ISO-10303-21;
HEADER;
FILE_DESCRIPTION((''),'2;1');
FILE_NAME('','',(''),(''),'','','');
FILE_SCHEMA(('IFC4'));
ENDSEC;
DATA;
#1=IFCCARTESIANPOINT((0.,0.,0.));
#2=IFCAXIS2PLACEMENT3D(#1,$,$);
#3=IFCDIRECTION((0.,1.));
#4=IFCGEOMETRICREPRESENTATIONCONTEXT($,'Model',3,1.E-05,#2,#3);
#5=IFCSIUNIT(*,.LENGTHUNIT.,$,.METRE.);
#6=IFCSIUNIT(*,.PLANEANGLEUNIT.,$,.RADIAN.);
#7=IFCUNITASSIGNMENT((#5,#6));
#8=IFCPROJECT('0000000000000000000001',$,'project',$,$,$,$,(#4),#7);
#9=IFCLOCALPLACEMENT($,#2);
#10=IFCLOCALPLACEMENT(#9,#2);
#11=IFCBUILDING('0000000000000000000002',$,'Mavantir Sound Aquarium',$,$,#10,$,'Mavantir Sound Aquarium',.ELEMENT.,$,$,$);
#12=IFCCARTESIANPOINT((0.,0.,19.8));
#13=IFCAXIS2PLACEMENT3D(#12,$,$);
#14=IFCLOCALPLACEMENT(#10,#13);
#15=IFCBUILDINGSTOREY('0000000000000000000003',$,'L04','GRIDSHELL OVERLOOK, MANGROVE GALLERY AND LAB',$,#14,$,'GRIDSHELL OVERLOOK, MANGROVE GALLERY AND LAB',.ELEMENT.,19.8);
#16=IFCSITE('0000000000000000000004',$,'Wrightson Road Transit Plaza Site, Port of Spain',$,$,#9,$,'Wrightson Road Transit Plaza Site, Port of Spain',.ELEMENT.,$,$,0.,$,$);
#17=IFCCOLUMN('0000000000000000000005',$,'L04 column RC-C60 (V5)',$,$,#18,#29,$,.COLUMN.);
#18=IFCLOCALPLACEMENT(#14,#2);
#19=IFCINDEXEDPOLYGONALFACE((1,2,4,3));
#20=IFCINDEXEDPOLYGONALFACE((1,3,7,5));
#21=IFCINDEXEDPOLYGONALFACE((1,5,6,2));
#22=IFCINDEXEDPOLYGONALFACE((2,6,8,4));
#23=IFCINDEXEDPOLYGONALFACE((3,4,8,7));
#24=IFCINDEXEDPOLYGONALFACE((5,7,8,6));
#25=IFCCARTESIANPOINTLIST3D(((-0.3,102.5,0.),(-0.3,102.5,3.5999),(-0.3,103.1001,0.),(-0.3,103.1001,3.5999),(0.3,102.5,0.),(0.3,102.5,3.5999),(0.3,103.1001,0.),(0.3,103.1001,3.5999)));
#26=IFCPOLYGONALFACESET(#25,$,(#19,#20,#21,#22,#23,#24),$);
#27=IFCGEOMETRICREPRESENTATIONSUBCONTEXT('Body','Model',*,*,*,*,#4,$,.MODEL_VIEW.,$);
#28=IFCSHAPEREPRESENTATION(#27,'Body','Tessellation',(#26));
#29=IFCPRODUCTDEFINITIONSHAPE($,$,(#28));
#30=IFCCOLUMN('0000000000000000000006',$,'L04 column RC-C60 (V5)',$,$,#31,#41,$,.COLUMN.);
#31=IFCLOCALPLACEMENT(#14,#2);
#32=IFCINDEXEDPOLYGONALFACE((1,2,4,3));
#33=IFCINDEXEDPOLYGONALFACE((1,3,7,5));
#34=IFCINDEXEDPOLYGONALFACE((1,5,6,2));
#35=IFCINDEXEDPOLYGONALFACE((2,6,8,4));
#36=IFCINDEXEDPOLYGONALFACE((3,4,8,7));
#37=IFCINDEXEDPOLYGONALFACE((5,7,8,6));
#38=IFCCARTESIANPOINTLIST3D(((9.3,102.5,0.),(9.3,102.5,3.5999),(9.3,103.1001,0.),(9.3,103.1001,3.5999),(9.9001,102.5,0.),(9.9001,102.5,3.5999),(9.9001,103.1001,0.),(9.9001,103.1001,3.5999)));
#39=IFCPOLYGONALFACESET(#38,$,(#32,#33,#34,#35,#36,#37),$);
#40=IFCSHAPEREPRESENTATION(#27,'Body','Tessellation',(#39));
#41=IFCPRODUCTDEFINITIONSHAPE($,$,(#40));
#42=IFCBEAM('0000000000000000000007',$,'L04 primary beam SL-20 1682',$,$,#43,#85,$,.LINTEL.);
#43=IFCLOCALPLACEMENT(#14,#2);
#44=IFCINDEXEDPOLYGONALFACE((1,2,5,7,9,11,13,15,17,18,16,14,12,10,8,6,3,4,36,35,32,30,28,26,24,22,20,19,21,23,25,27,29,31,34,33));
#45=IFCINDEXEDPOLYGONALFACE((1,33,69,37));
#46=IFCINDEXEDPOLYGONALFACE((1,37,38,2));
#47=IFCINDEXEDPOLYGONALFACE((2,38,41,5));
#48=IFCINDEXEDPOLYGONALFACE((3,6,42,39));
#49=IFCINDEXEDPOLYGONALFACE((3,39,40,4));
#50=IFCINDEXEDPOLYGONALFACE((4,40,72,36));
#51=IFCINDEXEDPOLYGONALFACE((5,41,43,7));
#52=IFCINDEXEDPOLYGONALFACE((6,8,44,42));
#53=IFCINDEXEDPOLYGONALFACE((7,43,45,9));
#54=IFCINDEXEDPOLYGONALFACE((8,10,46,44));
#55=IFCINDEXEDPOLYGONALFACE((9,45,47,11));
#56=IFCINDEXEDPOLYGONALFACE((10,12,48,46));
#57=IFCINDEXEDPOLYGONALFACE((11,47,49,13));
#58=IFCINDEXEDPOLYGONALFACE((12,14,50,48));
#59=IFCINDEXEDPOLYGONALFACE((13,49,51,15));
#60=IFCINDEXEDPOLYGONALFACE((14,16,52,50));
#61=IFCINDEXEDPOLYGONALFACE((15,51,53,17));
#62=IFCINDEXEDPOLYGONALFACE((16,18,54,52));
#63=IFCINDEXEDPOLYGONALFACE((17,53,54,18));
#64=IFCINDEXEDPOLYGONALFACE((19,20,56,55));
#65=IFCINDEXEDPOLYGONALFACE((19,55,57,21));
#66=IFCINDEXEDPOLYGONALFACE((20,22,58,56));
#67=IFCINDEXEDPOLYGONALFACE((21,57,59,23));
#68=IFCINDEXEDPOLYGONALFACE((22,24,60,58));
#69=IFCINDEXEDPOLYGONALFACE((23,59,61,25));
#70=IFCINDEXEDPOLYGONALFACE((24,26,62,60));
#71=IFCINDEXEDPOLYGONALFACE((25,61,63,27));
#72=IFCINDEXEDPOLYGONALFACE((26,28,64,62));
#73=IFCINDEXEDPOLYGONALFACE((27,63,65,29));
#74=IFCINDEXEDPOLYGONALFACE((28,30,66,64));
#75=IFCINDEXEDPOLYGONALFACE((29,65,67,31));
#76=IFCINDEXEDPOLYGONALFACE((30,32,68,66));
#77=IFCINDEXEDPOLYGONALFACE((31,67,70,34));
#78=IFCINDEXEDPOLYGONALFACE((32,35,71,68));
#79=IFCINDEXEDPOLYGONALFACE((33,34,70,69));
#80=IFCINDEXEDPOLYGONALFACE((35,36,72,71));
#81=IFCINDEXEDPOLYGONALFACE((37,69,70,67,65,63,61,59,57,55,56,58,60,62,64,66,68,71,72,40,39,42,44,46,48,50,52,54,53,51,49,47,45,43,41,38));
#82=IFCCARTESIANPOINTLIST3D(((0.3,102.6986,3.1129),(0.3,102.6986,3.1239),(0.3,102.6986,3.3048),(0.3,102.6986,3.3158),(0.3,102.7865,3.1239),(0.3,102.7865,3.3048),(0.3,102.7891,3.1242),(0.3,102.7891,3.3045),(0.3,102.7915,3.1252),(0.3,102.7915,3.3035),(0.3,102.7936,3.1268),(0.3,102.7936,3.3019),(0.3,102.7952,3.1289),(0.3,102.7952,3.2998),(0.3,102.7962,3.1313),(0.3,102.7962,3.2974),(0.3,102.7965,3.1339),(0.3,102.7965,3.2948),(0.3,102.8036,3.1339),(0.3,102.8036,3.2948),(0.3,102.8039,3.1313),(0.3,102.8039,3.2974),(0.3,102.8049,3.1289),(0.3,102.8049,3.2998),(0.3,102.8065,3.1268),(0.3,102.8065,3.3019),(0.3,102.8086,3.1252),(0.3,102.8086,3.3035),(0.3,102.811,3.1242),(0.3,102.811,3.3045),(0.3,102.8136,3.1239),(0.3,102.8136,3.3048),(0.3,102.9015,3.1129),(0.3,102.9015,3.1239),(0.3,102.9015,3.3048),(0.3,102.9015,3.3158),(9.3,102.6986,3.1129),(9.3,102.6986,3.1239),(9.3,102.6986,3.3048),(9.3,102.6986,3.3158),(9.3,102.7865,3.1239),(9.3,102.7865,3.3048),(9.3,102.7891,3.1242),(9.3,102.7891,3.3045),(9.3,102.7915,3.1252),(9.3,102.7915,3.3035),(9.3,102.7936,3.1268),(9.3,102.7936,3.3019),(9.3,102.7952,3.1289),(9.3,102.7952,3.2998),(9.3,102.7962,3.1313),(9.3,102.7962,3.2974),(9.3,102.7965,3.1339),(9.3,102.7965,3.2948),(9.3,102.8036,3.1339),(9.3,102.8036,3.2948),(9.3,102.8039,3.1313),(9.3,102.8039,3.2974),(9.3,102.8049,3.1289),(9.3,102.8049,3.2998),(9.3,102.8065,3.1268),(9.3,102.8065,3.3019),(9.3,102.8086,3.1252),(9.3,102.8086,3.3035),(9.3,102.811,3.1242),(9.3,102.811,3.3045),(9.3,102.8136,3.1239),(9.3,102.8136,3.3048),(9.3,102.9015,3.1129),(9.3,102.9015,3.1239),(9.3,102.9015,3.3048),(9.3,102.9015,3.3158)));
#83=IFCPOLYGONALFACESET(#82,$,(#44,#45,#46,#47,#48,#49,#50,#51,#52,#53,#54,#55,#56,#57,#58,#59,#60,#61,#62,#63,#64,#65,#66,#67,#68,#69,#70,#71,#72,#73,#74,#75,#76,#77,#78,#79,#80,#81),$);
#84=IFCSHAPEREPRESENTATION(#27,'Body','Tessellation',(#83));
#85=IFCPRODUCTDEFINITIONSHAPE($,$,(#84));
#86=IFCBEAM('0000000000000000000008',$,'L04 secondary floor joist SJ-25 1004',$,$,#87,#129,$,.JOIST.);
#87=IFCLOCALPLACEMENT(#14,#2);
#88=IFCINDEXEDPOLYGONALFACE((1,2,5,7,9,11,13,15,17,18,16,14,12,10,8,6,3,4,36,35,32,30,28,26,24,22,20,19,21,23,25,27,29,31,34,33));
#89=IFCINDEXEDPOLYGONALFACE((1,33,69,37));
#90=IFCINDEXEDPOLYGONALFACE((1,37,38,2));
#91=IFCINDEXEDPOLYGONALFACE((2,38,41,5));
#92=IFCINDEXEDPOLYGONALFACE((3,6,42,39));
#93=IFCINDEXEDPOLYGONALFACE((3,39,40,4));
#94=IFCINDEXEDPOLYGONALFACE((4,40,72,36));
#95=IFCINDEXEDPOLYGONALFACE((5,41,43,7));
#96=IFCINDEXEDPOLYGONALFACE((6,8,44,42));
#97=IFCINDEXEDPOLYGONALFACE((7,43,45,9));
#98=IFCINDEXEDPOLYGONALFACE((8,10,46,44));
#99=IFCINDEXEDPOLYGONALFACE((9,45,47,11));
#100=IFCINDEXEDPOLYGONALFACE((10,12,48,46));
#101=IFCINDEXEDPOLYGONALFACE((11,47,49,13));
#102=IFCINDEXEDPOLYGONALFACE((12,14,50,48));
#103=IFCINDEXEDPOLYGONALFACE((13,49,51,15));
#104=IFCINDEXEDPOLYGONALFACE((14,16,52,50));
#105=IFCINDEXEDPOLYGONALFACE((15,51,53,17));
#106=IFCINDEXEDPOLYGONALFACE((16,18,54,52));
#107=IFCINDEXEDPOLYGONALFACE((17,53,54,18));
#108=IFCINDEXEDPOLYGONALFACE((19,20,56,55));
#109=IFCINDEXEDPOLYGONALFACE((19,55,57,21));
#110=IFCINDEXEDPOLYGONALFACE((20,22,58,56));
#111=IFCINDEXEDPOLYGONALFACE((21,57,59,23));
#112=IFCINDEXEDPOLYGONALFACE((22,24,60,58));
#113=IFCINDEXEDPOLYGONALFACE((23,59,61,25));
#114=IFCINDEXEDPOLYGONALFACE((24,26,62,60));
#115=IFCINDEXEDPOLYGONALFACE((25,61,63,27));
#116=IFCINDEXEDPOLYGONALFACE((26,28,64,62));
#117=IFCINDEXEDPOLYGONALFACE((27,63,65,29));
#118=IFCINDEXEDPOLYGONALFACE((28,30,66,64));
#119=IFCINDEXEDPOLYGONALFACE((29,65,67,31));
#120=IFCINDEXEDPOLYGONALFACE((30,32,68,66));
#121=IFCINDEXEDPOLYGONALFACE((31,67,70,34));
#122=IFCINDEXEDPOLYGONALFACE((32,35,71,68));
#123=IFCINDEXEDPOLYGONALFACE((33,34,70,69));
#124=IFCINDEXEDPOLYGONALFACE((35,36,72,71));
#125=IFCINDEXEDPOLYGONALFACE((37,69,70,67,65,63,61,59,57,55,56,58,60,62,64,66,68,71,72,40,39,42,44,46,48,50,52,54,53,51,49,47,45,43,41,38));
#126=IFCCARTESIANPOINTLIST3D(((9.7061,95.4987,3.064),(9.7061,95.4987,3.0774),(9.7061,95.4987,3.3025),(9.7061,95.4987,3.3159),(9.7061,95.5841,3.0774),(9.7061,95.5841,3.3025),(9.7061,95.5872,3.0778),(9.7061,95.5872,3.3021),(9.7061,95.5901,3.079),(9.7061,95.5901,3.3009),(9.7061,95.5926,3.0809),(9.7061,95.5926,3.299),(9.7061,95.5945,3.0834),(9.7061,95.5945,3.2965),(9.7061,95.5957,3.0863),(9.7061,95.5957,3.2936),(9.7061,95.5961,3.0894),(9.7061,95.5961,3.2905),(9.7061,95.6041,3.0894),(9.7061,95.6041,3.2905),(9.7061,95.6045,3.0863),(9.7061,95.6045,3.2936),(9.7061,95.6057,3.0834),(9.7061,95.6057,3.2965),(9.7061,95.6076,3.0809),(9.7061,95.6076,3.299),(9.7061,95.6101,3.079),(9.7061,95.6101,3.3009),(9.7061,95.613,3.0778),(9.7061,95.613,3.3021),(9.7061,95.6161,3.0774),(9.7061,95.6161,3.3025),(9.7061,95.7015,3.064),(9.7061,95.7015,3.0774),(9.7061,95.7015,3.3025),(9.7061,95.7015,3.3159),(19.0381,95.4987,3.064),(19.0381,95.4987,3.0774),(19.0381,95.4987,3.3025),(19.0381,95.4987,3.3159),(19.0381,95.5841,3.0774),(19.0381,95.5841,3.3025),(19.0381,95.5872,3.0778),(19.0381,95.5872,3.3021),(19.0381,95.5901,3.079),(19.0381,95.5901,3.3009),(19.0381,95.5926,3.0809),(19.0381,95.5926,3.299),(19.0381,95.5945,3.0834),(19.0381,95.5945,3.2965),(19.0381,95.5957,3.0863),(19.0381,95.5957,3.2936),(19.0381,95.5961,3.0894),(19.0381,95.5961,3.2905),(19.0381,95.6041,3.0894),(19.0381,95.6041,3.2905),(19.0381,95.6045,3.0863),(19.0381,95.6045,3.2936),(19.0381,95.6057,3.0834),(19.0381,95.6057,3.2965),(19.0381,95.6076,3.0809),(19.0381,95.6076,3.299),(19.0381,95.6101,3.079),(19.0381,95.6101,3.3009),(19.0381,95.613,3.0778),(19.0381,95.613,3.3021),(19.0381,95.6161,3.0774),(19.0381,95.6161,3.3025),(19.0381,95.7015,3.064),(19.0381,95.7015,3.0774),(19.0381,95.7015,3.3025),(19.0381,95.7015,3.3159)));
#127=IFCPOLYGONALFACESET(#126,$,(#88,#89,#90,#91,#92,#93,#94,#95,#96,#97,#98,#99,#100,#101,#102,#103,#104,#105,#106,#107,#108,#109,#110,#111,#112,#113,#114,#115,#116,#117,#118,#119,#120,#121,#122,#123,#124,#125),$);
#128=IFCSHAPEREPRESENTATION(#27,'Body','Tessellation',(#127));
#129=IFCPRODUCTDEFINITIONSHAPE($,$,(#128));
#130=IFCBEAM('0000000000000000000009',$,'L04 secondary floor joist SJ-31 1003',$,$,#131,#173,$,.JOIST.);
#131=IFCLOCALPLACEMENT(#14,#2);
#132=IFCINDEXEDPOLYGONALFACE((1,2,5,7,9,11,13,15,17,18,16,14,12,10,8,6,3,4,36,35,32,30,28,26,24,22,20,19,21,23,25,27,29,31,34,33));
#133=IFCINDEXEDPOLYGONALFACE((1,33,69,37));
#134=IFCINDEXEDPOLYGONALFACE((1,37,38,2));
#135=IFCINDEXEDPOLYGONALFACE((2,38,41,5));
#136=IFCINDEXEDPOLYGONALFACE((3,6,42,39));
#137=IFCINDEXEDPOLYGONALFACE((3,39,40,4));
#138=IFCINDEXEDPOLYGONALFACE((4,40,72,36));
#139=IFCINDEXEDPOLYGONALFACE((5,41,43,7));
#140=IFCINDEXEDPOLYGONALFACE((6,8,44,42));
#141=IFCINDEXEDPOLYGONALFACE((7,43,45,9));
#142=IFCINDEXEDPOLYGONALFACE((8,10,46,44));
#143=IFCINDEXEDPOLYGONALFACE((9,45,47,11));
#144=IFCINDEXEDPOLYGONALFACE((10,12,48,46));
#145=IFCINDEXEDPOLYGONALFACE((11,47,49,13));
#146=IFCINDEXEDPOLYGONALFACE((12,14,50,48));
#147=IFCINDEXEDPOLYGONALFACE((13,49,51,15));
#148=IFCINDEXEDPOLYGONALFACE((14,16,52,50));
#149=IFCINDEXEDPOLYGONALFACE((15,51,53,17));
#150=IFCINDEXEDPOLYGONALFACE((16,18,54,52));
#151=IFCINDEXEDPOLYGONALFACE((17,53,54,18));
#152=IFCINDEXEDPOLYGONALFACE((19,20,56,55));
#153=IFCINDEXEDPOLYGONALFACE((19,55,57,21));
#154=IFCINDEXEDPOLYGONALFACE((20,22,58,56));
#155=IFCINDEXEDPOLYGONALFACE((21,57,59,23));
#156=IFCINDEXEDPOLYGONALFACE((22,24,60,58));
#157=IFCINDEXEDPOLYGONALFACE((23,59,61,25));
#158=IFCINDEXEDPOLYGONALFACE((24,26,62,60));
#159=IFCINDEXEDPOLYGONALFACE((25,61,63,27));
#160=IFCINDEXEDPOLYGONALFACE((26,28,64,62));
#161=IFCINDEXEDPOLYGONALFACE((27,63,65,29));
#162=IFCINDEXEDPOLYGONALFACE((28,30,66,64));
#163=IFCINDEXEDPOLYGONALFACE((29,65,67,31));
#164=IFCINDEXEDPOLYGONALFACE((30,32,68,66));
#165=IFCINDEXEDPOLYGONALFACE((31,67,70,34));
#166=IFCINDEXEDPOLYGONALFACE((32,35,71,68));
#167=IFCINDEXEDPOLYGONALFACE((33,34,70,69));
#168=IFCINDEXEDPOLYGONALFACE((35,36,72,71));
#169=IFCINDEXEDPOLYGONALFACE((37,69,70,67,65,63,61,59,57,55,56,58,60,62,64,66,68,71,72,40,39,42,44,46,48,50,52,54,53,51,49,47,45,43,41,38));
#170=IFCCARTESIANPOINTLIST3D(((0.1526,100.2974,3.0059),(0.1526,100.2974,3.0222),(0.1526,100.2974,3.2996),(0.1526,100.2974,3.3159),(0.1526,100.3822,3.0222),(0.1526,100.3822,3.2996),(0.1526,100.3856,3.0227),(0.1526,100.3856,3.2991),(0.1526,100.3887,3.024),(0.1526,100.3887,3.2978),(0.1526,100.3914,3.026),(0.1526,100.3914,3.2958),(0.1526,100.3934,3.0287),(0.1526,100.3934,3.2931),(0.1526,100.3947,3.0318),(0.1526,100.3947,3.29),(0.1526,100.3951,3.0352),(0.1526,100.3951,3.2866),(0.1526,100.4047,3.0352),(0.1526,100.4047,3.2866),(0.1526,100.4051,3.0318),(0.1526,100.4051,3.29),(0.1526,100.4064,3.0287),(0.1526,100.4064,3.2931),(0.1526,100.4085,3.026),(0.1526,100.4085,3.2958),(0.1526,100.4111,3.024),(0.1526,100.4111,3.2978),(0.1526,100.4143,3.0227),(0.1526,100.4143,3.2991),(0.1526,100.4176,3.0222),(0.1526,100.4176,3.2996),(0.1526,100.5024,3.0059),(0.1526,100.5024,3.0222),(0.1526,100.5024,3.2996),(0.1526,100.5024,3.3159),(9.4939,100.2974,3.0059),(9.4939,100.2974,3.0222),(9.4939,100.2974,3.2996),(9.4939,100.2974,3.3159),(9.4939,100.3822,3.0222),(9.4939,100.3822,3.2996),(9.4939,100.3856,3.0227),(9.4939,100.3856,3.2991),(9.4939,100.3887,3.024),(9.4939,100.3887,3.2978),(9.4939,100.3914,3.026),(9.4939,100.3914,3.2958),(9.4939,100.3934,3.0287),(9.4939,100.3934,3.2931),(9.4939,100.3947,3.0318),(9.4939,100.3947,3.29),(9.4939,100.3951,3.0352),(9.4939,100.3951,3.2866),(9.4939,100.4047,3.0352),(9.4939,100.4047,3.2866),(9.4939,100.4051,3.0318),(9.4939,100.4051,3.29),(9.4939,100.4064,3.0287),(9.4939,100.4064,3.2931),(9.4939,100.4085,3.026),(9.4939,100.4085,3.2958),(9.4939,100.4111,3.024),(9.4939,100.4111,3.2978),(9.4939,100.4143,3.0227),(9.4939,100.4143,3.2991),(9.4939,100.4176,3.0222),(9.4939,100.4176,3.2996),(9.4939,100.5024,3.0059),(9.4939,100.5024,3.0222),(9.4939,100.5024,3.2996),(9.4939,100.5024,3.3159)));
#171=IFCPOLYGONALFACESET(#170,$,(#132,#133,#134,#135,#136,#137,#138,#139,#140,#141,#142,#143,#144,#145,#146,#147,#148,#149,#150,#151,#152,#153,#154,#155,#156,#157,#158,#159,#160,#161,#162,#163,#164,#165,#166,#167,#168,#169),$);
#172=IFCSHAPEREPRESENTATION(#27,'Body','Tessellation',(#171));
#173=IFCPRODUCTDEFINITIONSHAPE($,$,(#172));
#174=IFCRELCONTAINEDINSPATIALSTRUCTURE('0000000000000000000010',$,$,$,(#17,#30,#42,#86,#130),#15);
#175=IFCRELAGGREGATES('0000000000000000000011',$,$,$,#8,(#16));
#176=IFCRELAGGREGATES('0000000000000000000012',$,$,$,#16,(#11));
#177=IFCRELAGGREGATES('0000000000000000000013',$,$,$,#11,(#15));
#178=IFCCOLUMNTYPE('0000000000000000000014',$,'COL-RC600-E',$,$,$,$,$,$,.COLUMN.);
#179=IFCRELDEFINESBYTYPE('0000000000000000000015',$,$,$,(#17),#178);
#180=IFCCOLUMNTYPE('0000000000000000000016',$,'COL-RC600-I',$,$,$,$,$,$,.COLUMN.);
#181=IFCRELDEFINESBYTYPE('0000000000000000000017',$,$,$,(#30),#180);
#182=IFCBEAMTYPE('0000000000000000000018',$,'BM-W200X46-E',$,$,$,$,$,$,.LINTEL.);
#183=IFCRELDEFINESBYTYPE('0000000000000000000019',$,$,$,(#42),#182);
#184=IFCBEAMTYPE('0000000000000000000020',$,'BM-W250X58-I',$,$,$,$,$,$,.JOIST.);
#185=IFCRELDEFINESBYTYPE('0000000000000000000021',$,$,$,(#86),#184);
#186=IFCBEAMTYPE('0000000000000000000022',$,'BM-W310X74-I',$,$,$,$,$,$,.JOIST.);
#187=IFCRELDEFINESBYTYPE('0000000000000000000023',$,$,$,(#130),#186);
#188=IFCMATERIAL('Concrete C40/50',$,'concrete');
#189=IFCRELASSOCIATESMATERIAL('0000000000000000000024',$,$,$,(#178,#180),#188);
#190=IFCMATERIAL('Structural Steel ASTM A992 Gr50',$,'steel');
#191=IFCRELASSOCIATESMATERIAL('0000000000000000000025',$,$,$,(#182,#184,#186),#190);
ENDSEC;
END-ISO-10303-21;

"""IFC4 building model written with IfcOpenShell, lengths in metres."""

from ifc_helpers import new_model, si_unit, direction, frame, origin, origin_2d, place, context, subcontext, project, spatial, rectangle, i_section, extrude, material, material_profile, profile_set, type_object, element, save


model = new_model("IFC4")

# Units and contexts
model_context = context("Model", 3, precision=1e-05, world=origin(), true_north=direction((0.0, 1.0)))
body_context = subcontext(model_context, "Body", "Model", "MODEL_VIEW")
ifc_project = project(units=[si_unit("LENGTHUNIT", "METRE"), si_unit("PLANEANGLEUNIT", "RADIAN")], contexts=[model_context])

# Site, building, storey
site_placement = place(None, origin())
site = spatial("IfcSite", under=ifc_project, at=site_placement, Name="Wrightson Road Transit Plaza Site, Port of Spain", LongName="Wrightson Road Transit Plaza Site, Port of Spain", CompositionType="ELEMENT", RefElevation=0.0)
building_placement = place(site_placement, origin())
building = spatial("IfcBuilding", under=site, at=building_placement, Name="Mavantir Sound Aquarium", LongName="Mavantir Sound Aquarium", CompositionType="ELEMENT")
storey_placement = place(building_placement, frame((0.0, 0.0, 19.8)))
storey = spatial("IfcBuildingStorey", under=building, at=storey_placement, Name="L04", Description="GRIDSHELL OVERLOOK, MANGROVE GALLERY AND LAB", LongName="GRIDSHELL OVERLOOK, MANGROVE GALLERY AND LAB", CompositionType="ELEMENT", Elevation=19.8)

# Columns
ifc_material_1 = material(Name="Concrete C40/50", Category="concrete")
ifc_material_profile_1 = material_profile(ifc_material_1, rectangle(XDim=0.6001, YDim=0.6001, at=origin_2d()), Name="RC 600X600")
ifc_profile_set_1 = profile_set([ifc_material_profile_1], Name="Concrete C40/50")
column_type_1 = type_object("IfcColumnType", Name="COL-RC600-E", PredefinedType="COLUMN", material=ifc_profile_set_1)
column_1_placement = place(storey_placement, frame((0.0, 102.8, 0.0), z_axis=(0.0, 0.0, 1.0), x_axis=(1.0, 0.0, 0.0)))
element("IfcColumn", 1, at=column_1_placement, inside=storey, type_object=column_type_1, Name="L04 column RC-C60 (V5)", PredefinedType="COLUMN", context=body_context, shape_type="SweptSolid", body=[
    extrude(rectangle(XDim=0.6001, YDim=0.6001, at=origin_2d()), origin(), (0.0, 0.0, 1.0), 3.5999),
])
ifc_material_profile_2 = material_profile(ifc_material_1, rectangle(XDim=0.6001, YDim=0.6001, at=origin_2d()), Name="RC 600X600")
ifc_profile_set_2 = profile_set([ifc_material_profile_2], Name="Concrete C40/50")
column_type_2 = type_object("IfcColumnType", Name="COL-RC600-I", PredefinedType="COLUMN", material=ifc_profile_set_2)
column_2_placement = place(storey_placement, frame((9.6001, 102.8, 0.0), z_axis=(0.0, 0.0, 1.0), x_axis=(1.0, 0.0, 0.0)))
element("IfcColumn", 2, at=column_2_placement, inside=storey, type_object=column_type_2, Name="L04 column RC-C60 (V5)", PredefinedType="COLUMN", context=body_context, shape_type="SweptSolid", body=[
    extrude(rectangle(XDim=0.6001, YDim=0.6001, at=origin_2d()), origin(), (0.0, 0.0, 1.0), 3.5999),
])

# Beams
ifc_material_2 = material(Name="Structural Steel ASTM A992 Gr50", Category="steel")
ifc_material_profile_3 = material_profile(ifc_material_2, i_section(OverallWidth=0.2029, OverallDepth=0.2029, WebThickness=0.0071, FlangeThickness=0.011, FilletRadius=0.01, at=origin_2d()), Name="W200X46")
ifc_profile_set_3 = profile_set([ifc_material_profile_3], Name="Structural Steel ASTM A992 Gr50")
beam_type_1 = type_object("IfcBeamType", Name="BM-W200X46-E", PredefinedType="LINTEL", material=ifc_profile_set_3)
beam_1_placement = place(storey_placement, frame((0.3, 102.8, 3.2144), z_axis=(1.0, 0.0, 0.0), x_axis=(0.0, 1.0, 0.0)))
element("IfcBeam", 3, at=beam_1_placement, inside=storey, type_object=beam_type_1, Name="L04 primary beam SL-20 1682", PredefinedType="LINTEL", context=body_context, shape_type="SweptSolid", body=[
    extrude(i_section(OverallWidth=0.2029, OverallDepth=0.2029, WebThickness=0.0071, FlangeThickness=0.011, FilletRadius=0.01, at=origin_2d()), origin(), (0.0, 0.0, 1.0), 9.0),
])
ifc_material_profile_4 = material_profile(ifc_material_2, i_section(OverallWidth=0.2029, OverallDepth=0.252, WebThickness=0.0081, FlangeThickness=0.0134, FilletRadius=0.012, at=origin_2d()), Name="W250X58")
ifc_profile_set_4 = profile_set([ifc_material_profile_4], Name="Structural Steel ASTM A992 Gr50")
beam_type_2 = type_object("IfcBeamType", Name="BM-W250X58-I", PredefinedType="JOIST", material=ifc_profile_set_4)
beam_2_placement = place(storey_placement, frame((9.7061, 95.6001, 3.1899), z_axis=(1.0, 0.0, 0.0), x_axis=(0.0, 1.0, 0.0)))
element("IfcBeam", 4, at=beam_2_placement, inside=storey, type_object=beam_type_2, Name="L04 secondary floor joist SJ-25 1004", PredefinedType="JOIST", context=body_context, shape_type="SweptSolid", body=[
    extrude(i_section(OverallWidth=0.2029, OverallDepth=0.252, WebThickness=0.0081, FlangeThickness=0.0134, FilletRadius=0.012, at=origin_2d()), origin(), (0.0, 0.0, 1.0), 9.332),
])
ifc_material_profile_5 = material_profile(ifc_material_2, i_section(OverallWidth=0.2051, OverallDepth=0.3101, WebThickness=0.0095, FlangeThickness=0.0164, FilletRadius=0.0129, at=origin_2d()), Name="W310X74")
ifc_profile_set_5 = profile_set([ifc_material_profile_5], Name="Structural Steel ASTM A992 Gr50")
beam_type_3 = type_object("IfcBeamType", Name="BM-W310X74-I", PredefinedType="JOIST", material=ifc_profile_set_5)
beam_3_placement = place(storey_placement, frame((0.1526, 100.3999, 3.1609), z_axis=(1.0, 0.0, 0.0), x_axis=(0.0, 1.0, 0.0)))
element("IfcBeam", 5, at=beam_3_placement, inside=storey, type_object=beam_type_3, Name="L04 secondary floor joist SJ-31 1003", PredefinedType="JOIST", context=body_context, shape_type="SweptSolid", body=[
    extrude(i_section(OverallWidth=0.2051, OverallDepth=0.3101, WebThickness=0.0095, FlangeThickness=0.0164, FilletRadius=0.0129, at=origin_2d()), origin(), (0.0, 0.0, 1.0), 9.3413),
])

save(model, "model.ifc")
